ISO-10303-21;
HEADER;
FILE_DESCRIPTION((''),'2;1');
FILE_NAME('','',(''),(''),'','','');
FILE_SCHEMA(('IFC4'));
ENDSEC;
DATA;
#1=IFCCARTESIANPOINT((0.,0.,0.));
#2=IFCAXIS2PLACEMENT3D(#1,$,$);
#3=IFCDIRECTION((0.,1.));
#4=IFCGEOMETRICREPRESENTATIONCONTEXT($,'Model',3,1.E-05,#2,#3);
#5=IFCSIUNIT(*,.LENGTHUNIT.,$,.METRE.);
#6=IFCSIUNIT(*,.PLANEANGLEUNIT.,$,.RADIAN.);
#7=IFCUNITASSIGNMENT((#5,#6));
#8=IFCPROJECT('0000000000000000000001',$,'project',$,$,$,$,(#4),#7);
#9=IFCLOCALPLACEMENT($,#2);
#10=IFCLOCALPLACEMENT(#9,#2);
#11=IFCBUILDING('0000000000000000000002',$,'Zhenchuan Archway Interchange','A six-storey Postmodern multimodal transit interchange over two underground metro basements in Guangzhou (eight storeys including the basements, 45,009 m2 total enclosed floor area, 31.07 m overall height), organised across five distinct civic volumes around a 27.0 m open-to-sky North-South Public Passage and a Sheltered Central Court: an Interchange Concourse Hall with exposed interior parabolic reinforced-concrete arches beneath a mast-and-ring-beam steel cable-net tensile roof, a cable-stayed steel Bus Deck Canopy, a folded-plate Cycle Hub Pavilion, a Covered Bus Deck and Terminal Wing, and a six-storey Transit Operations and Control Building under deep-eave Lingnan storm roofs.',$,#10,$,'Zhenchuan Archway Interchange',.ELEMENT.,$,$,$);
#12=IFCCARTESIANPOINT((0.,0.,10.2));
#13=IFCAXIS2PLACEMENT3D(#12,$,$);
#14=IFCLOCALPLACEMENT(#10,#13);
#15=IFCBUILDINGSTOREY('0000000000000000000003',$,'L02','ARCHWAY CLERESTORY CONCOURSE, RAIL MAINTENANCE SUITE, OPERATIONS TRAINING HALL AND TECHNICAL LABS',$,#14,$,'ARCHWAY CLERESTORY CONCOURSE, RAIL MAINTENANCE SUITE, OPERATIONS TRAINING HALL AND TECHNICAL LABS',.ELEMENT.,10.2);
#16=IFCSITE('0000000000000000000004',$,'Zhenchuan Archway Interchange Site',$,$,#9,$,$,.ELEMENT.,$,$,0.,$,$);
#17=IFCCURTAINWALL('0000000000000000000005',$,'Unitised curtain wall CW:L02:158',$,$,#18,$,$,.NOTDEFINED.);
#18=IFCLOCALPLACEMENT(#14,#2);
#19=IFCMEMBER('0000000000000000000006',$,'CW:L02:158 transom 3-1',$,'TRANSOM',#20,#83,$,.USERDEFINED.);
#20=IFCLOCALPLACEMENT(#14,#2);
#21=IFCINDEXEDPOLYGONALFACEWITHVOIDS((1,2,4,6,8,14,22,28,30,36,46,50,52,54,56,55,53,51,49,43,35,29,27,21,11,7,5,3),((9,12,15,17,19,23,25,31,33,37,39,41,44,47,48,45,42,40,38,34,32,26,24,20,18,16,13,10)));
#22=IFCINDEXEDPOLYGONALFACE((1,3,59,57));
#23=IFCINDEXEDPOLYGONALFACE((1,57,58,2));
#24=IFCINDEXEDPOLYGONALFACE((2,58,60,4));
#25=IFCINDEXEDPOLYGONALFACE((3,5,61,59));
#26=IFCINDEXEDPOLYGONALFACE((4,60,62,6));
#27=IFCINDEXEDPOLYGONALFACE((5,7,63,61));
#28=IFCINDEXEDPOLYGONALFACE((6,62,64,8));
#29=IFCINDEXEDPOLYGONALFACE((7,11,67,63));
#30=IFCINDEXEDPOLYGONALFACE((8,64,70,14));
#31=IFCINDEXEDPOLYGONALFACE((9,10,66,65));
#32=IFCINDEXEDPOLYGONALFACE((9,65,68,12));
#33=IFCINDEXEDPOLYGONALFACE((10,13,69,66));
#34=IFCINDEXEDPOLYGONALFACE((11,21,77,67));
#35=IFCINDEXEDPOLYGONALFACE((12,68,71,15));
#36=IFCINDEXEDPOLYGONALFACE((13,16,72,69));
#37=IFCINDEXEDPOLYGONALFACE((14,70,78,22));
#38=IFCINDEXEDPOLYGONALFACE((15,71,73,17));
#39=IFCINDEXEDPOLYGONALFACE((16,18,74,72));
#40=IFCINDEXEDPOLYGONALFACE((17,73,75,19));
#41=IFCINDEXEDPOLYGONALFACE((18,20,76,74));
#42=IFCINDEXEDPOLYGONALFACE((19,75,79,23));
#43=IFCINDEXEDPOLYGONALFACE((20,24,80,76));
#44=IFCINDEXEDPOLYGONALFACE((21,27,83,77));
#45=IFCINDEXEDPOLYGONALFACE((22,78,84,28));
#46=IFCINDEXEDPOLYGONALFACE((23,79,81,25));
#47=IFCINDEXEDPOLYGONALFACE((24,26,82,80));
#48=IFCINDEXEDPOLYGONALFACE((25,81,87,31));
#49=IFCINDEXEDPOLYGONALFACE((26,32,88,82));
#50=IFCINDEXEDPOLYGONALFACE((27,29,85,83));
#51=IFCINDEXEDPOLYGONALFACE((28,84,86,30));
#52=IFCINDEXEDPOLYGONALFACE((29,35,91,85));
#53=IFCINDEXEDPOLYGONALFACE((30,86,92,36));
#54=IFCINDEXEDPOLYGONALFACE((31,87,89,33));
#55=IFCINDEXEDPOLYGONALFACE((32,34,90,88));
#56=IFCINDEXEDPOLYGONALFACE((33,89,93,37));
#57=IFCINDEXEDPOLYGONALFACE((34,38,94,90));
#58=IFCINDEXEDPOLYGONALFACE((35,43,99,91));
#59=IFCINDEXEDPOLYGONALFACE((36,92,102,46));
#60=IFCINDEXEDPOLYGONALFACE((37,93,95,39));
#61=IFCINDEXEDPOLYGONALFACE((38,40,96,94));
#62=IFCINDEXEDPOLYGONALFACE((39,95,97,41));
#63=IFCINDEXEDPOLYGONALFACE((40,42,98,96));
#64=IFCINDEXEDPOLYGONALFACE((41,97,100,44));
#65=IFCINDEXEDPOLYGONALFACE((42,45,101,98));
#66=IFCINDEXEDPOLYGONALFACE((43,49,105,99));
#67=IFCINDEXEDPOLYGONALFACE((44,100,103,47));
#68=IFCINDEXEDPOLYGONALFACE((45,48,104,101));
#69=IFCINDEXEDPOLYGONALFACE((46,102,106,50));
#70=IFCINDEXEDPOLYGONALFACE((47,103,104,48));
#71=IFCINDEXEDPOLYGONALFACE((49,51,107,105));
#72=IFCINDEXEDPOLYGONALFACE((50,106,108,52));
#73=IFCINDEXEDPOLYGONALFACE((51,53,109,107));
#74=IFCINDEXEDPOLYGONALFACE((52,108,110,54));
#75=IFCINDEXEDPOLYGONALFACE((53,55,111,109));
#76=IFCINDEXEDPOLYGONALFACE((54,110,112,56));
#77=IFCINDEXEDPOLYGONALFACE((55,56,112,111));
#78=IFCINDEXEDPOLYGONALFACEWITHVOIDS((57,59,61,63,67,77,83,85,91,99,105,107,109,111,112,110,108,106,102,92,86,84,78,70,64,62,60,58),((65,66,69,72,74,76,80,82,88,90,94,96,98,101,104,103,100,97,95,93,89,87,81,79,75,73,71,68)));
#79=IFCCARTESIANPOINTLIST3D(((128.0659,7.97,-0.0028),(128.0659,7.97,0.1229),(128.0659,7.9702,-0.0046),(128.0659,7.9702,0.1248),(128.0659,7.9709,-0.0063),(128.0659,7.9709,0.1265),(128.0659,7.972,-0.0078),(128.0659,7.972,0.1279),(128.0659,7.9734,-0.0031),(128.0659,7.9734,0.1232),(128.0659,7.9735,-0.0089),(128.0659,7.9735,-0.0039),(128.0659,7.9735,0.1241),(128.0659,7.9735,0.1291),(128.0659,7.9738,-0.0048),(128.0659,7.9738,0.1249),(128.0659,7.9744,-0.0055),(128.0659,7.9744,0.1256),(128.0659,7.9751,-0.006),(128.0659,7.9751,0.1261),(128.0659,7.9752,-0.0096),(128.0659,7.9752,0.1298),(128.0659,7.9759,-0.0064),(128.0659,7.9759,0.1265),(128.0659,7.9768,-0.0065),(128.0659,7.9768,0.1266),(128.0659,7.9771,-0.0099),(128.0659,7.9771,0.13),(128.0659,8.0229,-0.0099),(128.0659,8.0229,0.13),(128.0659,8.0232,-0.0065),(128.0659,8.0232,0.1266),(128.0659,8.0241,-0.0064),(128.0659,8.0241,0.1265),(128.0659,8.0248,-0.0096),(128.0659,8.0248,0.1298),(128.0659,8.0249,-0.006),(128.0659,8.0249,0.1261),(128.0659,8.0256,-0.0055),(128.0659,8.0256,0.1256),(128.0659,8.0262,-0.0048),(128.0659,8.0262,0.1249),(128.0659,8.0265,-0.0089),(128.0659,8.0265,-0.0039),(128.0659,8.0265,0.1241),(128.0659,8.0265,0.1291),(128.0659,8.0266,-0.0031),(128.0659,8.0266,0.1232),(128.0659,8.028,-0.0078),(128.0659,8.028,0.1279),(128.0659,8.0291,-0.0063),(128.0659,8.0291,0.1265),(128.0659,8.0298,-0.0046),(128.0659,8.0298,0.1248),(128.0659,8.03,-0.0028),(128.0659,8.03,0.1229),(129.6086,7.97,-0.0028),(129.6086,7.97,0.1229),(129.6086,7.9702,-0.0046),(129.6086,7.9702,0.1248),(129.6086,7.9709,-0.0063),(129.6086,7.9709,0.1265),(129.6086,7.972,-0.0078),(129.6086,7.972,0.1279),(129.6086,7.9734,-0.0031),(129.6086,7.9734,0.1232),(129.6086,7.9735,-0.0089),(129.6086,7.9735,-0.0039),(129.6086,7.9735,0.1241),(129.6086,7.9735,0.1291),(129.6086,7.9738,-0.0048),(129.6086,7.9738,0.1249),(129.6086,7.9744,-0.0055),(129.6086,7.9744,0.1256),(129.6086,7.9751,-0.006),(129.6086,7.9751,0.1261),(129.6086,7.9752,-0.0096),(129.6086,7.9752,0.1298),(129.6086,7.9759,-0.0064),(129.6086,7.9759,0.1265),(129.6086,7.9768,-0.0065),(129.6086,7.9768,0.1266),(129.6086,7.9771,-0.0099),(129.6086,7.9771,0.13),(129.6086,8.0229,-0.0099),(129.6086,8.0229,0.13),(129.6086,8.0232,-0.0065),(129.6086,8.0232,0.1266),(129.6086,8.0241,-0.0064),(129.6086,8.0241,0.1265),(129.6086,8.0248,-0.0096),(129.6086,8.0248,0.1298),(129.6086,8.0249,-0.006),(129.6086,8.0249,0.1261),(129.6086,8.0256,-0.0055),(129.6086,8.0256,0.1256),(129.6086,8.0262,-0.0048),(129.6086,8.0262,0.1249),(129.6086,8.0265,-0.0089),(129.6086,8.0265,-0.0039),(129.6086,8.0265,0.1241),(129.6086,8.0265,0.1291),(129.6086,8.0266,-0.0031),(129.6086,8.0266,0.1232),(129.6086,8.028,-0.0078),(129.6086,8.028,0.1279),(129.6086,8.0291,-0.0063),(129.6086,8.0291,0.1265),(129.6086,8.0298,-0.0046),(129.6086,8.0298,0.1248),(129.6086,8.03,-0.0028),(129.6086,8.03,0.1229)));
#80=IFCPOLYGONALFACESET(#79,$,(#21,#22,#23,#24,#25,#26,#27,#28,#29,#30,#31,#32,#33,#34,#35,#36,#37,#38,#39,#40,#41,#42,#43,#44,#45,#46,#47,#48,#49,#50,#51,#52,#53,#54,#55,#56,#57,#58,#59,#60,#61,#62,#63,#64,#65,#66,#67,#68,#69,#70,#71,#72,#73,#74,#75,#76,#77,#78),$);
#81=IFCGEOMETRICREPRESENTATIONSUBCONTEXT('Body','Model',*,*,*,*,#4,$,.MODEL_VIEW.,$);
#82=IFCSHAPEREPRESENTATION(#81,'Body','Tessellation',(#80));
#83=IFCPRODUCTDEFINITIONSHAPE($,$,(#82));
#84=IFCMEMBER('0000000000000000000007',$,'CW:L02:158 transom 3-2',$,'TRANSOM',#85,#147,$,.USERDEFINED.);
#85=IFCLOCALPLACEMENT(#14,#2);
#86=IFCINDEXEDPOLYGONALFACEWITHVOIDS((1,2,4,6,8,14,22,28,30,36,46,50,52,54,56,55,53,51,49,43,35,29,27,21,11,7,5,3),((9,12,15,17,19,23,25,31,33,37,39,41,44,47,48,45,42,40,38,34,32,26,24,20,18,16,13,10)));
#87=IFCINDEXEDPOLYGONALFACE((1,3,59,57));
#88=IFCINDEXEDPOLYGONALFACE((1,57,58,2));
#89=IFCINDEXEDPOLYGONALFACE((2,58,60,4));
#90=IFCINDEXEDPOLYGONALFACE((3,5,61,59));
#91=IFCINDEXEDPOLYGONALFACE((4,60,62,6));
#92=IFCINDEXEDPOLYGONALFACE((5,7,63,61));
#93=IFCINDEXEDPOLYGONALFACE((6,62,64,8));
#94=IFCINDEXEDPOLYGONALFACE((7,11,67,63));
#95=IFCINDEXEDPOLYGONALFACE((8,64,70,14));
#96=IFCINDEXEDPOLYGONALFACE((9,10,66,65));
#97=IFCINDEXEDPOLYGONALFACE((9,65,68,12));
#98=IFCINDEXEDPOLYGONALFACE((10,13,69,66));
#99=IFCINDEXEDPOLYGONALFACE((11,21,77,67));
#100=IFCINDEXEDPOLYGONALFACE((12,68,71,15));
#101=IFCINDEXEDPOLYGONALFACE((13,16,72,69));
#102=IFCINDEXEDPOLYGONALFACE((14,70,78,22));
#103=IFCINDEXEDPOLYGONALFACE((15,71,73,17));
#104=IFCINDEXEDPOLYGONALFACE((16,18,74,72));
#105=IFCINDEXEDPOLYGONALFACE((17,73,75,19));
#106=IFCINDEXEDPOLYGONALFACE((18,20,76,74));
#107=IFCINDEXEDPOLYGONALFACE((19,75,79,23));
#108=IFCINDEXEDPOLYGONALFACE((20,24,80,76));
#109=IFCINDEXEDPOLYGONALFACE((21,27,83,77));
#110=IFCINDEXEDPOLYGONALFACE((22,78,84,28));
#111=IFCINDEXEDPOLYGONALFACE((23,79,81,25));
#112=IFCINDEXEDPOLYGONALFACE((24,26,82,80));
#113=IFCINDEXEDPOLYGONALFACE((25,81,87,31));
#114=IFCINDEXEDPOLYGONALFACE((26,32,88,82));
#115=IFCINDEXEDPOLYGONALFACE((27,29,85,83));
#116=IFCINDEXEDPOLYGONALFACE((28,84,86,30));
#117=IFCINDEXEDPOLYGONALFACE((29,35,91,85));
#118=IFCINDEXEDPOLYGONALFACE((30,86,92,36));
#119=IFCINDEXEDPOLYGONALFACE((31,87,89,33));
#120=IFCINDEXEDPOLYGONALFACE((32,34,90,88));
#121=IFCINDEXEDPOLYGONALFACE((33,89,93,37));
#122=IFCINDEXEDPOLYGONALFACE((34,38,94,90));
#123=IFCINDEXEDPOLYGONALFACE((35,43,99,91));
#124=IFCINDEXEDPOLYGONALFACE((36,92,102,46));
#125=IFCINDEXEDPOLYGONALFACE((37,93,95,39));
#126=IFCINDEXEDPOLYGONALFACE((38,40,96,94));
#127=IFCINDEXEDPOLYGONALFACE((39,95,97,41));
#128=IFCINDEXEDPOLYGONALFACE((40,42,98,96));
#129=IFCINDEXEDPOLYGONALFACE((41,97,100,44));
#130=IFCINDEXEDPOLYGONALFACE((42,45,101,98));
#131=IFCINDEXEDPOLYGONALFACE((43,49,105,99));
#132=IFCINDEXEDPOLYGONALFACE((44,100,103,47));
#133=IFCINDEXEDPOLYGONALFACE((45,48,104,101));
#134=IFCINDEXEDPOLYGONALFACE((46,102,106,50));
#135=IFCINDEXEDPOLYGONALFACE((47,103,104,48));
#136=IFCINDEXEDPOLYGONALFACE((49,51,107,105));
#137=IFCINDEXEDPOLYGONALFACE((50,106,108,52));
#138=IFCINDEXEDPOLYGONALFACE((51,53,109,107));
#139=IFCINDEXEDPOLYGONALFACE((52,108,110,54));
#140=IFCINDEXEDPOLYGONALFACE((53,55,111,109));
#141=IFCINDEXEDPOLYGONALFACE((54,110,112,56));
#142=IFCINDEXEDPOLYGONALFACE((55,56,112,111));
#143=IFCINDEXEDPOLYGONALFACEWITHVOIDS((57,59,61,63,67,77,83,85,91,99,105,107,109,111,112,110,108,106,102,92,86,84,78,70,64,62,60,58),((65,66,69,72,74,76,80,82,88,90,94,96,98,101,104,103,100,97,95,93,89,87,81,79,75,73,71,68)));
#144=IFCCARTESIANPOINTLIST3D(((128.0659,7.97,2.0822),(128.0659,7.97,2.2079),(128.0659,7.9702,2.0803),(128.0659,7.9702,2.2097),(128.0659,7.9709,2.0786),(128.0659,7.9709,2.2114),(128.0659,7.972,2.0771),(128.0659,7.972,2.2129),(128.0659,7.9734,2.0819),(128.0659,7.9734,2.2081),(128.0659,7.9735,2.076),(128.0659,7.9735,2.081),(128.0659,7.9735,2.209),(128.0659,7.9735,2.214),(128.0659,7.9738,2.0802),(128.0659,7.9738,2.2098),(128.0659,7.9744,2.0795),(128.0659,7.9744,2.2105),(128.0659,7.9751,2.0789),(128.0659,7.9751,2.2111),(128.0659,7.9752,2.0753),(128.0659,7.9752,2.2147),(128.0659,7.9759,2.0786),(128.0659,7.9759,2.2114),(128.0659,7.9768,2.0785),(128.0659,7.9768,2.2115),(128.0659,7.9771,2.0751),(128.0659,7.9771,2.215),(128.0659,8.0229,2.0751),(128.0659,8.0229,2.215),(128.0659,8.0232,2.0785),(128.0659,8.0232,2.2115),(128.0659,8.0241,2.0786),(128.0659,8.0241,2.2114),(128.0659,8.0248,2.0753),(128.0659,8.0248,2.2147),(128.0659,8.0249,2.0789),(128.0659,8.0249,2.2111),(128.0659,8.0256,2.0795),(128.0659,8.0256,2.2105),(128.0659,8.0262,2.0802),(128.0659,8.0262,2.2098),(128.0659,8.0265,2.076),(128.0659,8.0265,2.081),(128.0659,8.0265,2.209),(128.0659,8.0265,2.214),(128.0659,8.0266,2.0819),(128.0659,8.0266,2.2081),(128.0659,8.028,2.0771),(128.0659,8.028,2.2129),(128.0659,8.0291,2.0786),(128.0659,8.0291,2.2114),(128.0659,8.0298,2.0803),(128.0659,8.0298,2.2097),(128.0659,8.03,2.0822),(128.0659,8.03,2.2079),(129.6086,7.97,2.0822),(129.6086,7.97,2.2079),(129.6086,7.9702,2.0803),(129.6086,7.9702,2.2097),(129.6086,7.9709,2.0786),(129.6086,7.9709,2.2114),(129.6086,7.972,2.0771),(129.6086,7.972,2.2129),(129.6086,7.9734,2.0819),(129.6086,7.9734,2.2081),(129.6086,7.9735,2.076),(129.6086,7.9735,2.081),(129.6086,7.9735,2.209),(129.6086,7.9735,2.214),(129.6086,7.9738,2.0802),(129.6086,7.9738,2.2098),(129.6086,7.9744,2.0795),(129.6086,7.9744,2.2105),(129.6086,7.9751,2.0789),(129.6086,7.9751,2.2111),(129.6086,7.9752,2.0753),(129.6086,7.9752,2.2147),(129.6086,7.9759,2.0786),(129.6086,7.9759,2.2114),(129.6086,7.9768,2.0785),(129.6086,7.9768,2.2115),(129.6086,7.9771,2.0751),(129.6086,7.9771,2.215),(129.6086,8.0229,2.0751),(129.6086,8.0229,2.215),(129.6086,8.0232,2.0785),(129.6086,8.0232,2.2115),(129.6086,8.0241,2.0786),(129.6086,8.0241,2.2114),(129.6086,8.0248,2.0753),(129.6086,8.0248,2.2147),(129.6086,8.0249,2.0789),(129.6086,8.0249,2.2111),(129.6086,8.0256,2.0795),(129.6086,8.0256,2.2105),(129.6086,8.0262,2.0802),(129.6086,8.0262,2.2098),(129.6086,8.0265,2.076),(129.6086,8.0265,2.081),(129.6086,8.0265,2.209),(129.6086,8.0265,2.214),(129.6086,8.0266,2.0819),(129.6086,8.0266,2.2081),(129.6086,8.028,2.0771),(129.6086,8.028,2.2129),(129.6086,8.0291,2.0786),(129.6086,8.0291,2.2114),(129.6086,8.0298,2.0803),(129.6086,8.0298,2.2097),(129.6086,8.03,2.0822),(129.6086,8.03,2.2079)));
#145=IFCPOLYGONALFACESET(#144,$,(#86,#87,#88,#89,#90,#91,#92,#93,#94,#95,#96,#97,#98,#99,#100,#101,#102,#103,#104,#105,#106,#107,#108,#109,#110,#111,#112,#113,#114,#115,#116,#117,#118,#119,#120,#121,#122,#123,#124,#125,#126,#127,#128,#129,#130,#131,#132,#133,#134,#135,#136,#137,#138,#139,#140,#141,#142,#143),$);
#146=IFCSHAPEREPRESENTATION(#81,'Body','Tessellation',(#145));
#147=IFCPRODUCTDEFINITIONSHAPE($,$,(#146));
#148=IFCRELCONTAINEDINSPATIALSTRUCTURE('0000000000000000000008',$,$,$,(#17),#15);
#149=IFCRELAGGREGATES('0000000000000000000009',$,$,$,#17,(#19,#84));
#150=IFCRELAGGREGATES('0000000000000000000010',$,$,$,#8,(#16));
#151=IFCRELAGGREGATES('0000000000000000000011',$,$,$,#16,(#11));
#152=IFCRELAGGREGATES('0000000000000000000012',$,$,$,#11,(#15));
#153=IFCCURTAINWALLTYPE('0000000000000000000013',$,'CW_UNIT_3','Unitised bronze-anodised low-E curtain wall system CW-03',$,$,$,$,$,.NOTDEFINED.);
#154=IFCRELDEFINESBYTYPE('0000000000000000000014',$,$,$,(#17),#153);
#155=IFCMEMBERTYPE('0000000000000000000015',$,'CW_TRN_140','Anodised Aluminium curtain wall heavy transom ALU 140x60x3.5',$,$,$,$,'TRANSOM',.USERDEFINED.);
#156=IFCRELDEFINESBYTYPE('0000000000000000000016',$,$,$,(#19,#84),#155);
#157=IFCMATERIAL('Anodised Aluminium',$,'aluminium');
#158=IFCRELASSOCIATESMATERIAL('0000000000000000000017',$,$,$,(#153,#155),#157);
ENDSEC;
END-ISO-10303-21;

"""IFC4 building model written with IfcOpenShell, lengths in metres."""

from ifc_helpers import new_model, si_unit, direction, frame, origin, origin_2d, place, context, subcontext, project, spatial, hollow_rectangle, extrude, material, material_profile, profile_set, type_object, element, aggregate, save


model = new_model("IFC4")

# Units and contexts
model_context = context("Model", 3, precision=1e-05, world=origin(), true_north=direction((0.0, 1.0)))
body_context = subcontext(model_context, "Body", "Model", "MODEL_VIEW")
ifc_project = project(units=[si_unit("LENGTHUNIT", "METRE"), si_unit("PLANEANGLEUNIT", "RADIAN")], contexts=[model_context])

# Site, building, storey
site_placement = place(None, origin())
site = spatial("IfcSite", under=ifc_project, at=site_placement, Name="Zhenchuan Archway Interchange Site", CompositionType="ELEMENT", RefElevation=0.0)
building_placement = place(site_placement, origin())
building = spatial("IfcBuilding", under=site, at=building_placement, Name="Zhenchuan Archway Interchange", Description="A six-storey Postmodern multimodal transit interchange over two underground metro basements in Guangzhou (eight storeys including the basements, 45,009 m2 total enclosed floor area, 31.07 m overall height), organised across five distinct civic volumes around a 27.0 m open-to-sky North-South Public Passage and a Sheltered Central Court: an Interchange Concourse Hall with exposed interior parabolic reinforced-concrete arches beneath a mast-and-ring-beam steel cable-net tensile roof, a cable-stayed steel Bus Deck Canopy, a folded-plate Cycle Hub Pavilion, a Covered Bus Deck and Terminal Wing, and a six-storey Transit Operations and Control Building under deep-eave Lingnan storm roofs.", LongName="Zhenchuan Archway Interchange", CompositionType="ELEMENT")
storey_placement = place(building_placement, frame((0.0, 0.0, 10.2)))
storey = spatial("IfcBuildingStorey", under=building, at=storey_placement, Name="L02", Description="ARCHWAY CLERESTORY CONCOURSE, RAIL MAINTENANCE SUITE, OPERATIONS TRAINING HALL AND TECHNICAL LABS", LongName="ARCHWAY CLERESTORY CONCOURSE, RAIL MAINTENANCE SUITE, OPERATIONS TRAINING HALL AND TECHNICAL LABS", CompositionType="ELEMENT", Elevation=10.2)

# Curtain wall, members
ifc_material_1 = material(Name="Anodised Aluminium", Category="aluminium")
curtain_wall_type = type_object("IfcCurtainWallType", Name="CW_UNIT_3", Description="Unitised bronze-anodised low-E curtain wall system CW-03", PredefinedType="NOTDEFINED", material=ifc_material_1)
curtain_wall_placement = place(storey_placement, origin())
curtain_wall = element("IfcCurtainWall", 1, at=curtain_wall_placement, inside=storey, type_object=curtain_wall_type, Name="Unitised curtain wall CW:L02:158", PredefinedType="NOTDEFINED")
ifc_material_profile_1 = material_profile(ifc_material_1, hollow_rectangle(XDim=0.0601, YDim=0.1399, WallThickness=0.0034, InnerFilletRadius=0.0034, OuterFilletRadius=0.0071, at=origin_2d()), Name="ALU 140x60x3.5")
ifc_profile_set_1 = profile_set([ifc_material_profile_1], Name="Anodised Aluminium")
member_type_1 = type_object("IfcMemberType", Name="CW_TRN_140", Description="Anodised Aluminium curtain wall heavy transom ALU 140x60x3.5", ElementType="TRANSOM", PredefinedType="USERDEFINED", material=ifc_profile_set_1)
member_1_placement = place(storey_placement, frame((129.6086, 8.0, 0.0601), z_axis=(-1.0, 0.0, 0.0), x_axis=(0.0, -1.0, 0.0)))
member_1 = element("IfcMember", 2, at=member_1_placement, type_object=member_type_1, Name="CW:L02:158 transom 3-1", ObjectType="TRANSOM", PredefinedType="USERDEFINED", context=body_context, shape_type="SweptSolid", body=[
    extrude(hollow_rectangle(XDim=0.0601, YDim=0.1399, WallThickness=0.0034, InnerFilletRadius=0.0034, OuterFilletRadius=0.0071, at=origin_2d()), origin(), (0.0, 0.0, 1.0), 1.5427),
])
member_2_placement = place(storey_placement, frame((129.6086, 8.0, 2.145), z_axis=(-1.0, 0.0, 0.0), x_axis=(0.0, -1.0, 0.0)))
member_2 = element("IfcMember", 3, at=member_2_placement, type_object=member_type_1, Name="CW:L02:158 transom 3-2", ObjectType="TRANSOM", PredefinedType="USERDEFINED", context=body_context, shape_type="SweptSolid", body=[
    extrude(hollow_rectangle(XDim=0.0601, YDim=0.1399, WallThickness=0.0034, InnerFilletRadius=0.0034, OuterFilletRadius=0.0071, at=origin_2d()), origin(), (0.0, 0.0, 1.0), 1.5427),
])

aggregate(curtain_wall, [member_1, member_2])

save(model, "model.ifc")
